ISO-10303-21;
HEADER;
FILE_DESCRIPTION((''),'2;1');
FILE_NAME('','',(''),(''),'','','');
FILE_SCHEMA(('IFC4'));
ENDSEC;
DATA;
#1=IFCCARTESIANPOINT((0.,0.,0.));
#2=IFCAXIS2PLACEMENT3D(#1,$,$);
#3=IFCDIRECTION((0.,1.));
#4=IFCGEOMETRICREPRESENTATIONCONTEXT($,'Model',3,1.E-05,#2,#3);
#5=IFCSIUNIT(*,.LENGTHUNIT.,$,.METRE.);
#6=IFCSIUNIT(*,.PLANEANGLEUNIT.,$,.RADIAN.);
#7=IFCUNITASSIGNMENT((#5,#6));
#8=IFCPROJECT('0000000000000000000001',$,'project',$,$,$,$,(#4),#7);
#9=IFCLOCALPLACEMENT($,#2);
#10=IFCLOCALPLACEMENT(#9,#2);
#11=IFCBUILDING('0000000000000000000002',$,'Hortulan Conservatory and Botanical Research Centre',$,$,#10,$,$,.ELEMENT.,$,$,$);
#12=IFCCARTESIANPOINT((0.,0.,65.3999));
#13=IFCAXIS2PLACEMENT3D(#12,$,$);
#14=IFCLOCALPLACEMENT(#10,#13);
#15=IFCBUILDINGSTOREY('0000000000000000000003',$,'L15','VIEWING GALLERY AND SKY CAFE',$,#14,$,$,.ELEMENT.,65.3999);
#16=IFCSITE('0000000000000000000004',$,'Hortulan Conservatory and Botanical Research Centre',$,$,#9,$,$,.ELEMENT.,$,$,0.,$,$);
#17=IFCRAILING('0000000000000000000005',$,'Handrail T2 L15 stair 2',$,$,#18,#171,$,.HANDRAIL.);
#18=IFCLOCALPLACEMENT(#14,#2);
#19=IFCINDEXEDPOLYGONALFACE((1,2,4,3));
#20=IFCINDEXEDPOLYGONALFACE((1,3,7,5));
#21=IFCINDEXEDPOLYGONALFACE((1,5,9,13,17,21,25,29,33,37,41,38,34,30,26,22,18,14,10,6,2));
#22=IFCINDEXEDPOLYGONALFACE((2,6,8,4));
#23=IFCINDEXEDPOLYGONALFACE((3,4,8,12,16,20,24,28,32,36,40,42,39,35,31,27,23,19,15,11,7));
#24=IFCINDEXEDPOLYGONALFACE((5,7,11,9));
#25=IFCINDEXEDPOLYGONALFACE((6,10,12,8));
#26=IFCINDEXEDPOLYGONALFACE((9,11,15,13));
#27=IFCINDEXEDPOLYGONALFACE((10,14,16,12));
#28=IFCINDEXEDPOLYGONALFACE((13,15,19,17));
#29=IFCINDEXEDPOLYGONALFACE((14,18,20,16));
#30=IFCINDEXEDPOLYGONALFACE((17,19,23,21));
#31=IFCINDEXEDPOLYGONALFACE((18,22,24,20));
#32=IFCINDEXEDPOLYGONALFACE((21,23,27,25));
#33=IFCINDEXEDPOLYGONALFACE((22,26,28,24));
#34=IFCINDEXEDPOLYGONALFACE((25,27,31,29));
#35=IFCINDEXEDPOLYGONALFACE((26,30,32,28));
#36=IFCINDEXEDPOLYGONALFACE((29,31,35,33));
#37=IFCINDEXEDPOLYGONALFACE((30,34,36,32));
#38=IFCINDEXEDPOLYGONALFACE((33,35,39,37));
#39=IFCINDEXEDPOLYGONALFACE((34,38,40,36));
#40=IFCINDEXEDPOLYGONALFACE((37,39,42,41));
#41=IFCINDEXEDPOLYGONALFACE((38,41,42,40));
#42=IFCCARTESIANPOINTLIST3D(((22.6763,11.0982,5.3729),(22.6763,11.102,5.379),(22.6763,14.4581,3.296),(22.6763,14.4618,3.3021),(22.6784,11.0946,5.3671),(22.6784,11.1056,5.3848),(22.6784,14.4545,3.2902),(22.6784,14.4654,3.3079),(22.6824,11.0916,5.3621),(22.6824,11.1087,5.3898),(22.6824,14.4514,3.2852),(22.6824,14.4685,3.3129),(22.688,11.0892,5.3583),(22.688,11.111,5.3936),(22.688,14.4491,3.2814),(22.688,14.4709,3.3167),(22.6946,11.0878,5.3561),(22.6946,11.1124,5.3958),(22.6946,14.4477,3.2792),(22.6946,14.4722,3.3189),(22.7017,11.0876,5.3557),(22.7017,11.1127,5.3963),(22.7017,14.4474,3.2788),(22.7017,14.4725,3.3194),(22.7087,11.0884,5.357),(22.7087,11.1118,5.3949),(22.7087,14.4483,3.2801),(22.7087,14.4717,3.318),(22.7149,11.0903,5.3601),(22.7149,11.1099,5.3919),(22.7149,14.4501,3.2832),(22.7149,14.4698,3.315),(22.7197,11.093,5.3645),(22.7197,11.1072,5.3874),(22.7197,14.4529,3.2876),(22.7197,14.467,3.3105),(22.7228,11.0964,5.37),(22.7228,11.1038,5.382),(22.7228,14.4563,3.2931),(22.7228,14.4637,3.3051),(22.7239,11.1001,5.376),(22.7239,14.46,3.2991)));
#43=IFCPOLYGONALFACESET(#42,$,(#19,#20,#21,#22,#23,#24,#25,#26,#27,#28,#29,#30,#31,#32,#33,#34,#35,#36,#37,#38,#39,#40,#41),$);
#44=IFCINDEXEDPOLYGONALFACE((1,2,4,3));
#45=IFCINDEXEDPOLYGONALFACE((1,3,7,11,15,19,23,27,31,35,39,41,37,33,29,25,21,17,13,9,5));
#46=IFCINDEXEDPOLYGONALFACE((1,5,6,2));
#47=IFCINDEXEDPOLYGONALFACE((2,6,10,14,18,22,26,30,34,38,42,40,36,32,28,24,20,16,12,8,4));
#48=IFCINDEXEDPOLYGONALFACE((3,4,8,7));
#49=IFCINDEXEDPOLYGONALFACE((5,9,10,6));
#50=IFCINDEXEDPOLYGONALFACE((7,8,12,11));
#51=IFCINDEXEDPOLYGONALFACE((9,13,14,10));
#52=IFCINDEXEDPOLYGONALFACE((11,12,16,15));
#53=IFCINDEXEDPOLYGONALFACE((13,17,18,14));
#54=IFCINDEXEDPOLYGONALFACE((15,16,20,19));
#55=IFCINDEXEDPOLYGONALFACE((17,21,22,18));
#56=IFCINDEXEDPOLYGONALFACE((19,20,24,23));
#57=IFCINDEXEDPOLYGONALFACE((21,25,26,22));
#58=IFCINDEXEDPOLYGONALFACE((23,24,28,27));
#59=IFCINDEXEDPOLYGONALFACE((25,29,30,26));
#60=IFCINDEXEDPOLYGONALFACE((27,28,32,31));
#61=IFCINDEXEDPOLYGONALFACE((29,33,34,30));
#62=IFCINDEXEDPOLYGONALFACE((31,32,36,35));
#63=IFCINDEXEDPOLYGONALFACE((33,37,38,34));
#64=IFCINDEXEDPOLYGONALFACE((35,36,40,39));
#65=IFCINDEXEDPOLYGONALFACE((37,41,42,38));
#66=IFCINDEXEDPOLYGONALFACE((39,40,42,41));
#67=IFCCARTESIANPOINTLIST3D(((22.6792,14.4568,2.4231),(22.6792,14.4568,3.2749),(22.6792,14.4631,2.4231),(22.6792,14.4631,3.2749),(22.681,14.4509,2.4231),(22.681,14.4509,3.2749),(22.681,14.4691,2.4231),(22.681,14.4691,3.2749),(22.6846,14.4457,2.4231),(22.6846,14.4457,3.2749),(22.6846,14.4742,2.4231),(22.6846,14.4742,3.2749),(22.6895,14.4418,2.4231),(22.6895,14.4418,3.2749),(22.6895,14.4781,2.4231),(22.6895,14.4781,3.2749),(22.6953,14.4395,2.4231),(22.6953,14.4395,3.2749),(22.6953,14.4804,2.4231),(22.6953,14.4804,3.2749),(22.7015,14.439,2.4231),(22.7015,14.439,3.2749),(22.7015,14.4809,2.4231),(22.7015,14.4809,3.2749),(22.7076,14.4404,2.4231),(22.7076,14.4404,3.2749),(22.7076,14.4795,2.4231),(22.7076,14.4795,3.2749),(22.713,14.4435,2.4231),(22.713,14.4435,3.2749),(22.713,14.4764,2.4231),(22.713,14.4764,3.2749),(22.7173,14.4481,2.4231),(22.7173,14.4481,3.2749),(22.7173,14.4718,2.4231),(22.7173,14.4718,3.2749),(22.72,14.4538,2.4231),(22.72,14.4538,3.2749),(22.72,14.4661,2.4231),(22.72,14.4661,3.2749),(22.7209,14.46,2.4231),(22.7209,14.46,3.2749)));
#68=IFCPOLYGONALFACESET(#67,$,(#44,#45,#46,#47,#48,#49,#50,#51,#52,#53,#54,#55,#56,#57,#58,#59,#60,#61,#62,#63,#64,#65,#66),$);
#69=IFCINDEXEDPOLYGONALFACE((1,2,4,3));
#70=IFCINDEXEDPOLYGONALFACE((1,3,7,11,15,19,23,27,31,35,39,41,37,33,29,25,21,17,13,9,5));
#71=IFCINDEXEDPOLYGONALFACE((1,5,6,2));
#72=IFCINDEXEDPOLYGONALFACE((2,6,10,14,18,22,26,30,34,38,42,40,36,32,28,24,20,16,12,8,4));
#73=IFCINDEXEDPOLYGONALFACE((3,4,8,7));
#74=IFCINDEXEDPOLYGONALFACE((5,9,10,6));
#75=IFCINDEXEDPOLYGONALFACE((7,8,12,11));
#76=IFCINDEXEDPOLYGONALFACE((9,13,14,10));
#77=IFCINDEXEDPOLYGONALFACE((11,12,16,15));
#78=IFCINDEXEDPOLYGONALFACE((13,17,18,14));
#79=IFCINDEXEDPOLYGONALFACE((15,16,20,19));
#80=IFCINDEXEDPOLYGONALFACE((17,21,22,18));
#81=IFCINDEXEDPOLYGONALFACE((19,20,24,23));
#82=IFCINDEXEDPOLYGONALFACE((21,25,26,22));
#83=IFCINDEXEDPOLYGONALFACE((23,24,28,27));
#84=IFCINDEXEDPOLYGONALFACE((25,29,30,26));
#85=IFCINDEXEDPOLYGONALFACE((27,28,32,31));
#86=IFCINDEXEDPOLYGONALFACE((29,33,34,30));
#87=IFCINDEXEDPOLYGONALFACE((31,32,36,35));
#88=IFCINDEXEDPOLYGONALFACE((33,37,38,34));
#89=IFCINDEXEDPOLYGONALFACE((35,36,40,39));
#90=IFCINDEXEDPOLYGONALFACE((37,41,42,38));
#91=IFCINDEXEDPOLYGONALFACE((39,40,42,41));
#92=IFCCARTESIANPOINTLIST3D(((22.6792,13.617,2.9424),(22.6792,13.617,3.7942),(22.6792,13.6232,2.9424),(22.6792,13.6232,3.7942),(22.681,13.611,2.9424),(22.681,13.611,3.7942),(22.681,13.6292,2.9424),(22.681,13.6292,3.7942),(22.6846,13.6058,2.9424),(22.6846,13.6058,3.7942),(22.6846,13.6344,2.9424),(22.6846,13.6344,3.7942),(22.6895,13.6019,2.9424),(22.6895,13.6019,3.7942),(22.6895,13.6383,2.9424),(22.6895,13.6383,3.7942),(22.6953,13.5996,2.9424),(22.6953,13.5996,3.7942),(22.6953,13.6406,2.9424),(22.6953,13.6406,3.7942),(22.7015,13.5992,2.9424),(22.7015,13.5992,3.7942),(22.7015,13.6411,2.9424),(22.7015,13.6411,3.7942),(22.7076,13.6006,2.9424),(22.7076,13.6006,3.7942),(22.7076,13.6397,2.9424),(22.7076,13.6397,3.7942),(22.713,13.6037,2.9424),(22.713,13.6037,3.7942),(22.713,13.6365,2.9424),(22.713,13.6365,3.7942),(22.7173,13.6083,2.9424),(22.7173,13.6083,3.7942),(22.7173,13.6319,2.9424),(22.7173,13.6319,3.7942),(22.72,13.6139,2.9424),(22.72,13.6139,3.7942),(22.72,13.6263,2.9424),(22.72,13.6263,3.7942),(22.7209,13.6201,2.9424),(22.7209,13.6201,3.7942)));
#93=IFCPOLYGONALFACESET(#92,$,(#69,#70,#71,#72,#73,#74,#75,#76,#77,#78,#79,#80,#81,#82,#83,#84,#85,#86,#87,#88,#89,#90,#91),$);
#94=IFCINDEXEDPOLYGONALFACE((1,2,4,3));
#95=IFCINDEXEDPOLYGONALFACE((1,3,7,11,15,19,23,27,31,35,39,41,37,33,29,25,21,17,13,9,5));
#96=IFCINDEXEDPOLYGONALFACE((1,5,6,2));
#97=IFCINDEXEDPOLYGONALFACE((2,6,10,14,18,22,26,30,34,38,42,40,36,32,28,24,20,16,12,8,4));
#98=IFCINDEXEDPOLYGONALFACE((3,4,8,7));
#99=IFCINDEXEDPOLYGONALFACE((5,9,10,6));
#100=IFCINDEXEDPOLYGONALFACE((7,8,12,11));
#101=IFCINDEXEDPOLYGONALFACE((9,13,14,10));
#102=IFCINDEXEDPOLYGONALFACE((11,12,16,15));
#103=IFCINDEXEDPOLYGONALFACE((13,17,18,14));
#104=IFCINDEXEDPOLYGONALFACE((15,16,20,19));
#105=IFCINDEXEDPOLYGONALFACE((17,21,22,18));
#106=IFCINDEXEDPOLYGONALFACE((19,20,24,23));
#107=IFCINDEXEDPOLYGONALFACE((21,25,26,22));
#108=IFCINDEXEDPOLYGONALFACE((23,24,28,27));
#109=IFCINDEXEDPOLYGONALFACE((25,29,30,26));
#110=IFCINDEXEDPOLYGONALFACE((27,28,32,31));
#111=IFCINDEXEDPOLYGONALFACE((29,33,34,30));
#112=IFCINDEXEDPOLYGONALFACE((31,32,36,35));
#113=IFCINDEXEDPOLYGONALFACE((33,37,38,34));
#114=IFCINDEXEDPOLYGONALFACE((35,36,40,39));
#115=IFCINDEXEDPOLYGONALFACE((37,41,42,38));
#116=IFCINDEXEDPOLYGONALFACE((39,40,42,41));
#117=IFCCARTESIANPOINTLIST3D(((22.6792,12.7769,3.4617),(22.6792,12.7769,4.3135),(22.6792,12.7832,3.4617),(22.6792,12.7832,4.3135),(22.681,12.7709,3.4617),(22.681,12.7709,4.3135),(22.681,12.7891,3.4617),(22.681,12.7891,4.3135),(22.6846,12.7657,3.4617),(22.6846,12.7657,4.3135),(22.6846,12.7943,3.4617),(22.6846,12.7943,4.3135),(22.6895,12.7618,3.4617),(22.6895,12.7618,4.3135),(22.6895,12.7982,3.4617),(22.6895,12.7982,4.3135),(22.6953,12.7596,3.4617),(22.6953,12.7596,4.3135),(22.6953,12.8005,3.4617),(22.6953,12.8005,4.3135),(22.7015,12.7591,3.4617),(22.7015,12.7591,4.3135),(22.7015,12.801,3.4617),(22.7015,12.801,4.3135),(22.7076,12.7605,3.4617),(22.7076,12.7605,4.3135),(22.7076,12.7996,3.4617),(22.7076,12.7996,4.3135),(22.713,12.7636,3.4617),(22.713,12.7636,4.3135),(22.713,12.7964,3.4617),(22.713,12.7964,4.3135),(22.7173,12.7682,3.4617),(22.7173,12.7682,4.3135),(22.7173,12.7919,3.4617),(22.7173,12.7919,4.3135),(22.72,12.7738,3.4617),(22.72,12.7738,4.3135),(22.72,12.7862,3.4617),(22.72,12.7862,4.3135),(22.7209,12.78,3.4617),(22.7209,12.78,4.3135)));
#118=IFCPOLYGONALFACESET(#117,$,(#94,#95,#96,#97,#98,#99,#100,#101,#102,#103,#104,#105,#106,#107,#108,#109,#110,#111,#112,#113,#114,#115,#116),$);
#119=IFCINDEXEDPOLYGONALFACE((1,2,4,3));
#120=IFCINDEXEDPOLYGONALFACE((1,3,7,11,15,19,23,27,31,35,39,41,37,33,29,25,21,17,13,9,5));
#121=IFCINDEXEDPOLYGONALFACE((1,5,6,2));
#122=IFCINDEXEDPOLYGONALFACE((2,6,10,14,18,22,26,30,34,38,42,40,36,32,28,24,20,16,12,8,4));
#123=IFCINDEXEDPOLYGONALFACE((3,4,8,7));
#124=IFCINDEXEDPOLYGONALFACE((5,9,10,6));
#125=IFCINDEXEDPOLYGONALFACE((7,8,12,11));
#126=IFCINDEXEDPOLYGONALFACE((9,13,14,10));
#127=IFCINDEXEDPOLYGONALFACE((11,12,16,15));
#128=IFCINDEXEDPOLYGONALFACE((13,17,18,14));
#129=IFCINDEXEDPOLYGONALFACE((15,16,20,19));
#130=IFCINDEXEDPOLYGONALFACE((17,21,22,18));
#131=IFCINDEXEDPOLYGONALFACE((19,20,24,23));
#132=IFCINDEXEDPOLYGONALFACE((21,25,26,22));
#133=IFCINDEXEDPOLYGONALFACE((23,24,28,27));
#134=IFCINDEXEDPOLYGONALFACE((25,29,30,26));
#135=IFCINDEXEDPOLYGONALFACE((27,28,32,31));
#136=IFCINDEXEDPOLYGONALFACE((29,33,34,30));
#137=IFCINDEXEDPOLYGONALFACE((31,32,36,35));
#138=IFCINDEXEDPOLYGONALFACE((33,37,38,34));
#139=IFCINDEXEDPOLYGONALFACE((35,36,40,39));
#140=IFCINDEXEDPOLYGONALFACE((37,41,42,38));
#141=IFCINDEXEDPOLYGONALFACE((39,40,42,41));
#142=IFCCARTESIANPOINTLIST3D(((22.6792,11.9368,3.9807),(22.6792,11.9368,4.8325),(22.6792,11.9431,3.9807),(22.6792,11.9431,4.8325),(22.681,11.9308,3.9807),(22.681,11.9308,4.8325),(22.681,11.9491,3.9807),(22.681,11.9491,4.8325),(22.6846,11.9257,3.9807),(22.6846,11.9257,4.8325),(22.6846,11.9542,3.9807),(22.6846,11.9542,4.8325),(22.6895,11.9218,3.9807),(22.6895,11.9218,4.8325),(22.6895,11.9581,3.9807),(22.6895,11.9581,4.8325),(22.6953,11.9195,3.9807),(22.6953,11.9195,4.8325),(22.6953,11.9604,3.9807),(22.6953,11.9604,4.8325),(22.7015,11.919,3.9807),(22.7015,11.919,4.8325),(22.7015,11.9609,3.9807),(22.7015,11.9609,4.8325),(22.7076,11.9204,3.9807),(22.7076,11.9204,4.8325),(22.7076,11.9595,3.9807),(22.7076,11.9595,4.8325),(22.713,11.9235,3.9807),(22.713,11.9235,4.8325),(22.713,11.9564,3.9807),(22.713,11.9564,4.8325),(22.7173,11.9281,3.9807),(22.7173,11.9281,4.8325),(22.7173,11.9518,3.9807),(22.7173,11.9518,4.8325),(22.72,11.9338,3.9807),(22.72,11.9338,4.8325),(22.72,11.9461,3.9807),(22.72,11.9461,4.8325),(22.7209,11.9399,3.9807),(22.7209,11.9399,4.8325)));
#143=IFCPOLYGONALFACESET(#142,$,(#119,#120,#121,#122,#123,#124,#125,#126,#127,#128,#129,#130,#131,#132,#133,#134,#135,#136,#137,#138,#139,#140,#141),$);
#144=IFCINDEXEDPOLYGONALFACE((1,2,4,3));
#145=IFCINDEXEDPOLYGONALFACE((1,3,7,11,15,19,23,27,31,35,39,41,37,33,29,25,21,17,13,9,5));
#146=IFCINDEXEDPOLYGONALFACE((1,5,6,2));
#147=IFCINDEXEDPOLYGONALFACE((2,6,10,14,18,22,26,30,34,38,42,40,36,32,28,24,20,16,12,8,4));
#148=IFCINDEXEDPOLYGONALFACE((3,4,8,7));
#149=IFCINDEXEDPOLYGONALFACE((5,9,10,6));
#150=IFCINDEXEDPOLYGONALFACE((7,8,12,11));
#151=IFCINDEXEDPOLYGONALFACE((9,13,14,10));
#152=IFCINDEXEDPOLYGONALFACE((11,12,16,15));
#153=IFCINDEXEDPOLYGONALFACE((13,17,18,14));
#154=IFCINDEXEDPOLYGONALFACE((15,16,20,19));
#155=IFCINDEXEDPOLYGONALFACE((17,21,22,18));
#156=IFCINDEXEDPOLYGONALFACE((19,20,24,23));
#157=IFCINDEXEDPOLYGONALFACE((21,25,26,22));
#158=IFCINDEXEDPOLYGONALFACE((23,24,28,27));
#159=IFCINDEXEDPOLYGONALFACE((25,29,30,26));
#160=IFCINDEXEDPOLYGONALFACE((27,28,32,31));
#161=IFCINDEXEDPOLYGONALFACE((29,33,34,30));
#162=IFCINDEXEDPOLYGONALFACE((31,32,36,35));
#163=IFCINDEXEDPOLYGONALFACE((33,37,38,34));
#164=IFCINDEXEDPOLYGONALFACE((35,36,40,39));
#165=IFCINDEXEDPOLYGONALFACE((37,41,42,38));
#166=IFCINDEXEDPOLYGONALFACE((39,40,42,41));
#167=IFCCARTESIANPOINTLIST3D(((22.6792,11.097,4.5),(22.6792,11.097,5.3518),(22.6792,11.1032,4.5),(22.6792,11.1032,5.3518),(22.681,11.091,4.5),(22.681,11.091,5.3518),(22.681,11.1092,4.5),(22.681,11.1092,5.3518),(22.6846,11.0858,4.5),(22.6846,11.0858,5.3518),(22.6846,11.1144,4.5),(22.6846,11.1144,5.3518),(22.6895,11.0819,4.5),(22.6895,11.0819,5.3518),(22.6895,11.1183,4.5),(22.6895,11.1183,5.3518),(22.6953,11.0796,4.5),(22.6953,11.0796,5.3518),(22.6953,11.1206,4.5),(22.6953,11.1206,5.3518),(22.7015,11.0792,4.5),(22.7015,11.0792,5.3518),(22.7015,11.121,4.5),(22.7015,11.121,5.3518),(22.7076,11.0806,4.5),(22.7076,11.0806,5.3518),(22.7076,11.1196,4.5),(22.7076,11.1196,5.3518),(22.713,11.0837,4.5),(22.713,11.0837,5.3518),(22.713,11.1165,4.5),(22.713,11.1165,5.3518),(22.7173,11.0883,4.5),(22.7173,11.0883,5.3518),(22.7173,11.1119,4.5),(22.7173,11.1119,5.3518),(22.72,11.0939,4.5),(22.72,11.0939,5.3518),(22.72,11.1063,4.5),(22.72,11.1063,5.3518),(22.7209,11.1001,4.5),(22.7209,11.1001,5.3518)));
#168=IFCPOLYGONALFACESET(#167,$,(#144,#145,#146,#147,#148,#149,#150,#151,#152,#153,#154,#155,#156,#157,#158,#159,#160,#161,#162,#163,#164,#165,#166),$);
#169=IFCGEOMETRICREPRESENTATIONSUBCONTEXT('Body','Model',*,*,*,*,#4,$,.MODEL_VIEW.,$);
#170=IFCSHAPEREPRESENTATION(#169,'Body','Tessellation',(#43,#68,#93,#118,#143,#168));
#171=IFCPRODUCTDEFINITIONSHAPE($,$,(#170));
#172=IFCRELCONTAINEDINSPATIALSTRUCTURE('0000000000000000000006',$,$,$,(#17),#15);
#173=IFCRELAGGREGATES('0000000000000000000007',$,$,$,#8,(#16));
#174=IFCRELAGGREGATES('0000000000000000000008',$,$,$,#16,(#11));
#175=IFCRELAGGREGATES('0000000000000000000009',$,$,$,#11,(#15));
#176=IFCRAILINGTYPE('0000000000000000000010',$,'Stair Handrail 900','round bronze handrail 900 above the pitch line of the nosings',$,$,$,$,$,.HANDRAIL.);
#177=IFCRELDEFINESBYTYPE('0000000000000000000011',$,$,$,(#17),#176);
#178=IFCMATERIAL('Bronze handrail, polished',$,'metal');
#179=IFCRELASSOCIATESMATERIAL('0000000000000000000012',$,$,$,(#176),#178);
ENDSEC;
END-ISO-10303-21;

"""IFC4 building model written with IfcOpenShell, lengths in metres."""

from ifc_helpers import new_model, si_unit, direction, frame, origin, origin_2d, place, context, subcontext, project, spatial, circle, extrude, material, type_object, element, save


model = new_model("IFC4")

# Units and contexts
model_context = context("Model", 3, precision=1e-05, world=origin(), true_north=direction((0.0, 1.0)))
body_context = subcontext(model_context, "Body", "Model", "MODEL_VIEW")
ifc_project = project(units=[si_unit("LENGTHUNIT", "METRE"), si_unit("PLANEANGLEUNIT", "RADIAN")], contexts=[model_context])

# Site, building, storey
site_placement = place(None, origin())
site = spatial("IfcSite", under=ifc_project, at=site_placement, Name="Hortulan Conservatory and Botanical Research Centre", CompositionType="ELEMENT", RefElevation=0.0)
building_placement = place(site_placement, origin())
building = spatial("IfcBuilding", under=site, at=building_placement, Name="Hortulan Conservatory and Botanical Research Centre", CompositionType="ELEMENT")
storey_placement = place(building_placement, frame((0.0, 0.0, 65.3999)))
storey = spatial("IfcBuildingStorey", under=building, at=storey_placement, Name="L15", Description="VIEWING GALLERY AND SKY CAFE", CompositionType="ELEMENT", Elevation=65.3999)

# Railing
ifc_material_1 = material(Name="Bronze handrail, polished", Category="metal")
railing_type_1 = type_object("IfcRailingType", Name="Stair Handrail 900", Description="round bronze handrail 900 above the pitch line of the nosings", PredefinedType="HANDRAIL", material=ifc_material_1)
for number, where, name in (
    (1, (22.7, 14.46, 2.4231), "Handrail T2 L15 stair 2"),
):
    element("IfcRailing", number, at=place(storey_placement, frame(where)), inside=storey, type_object=railing_type_1, Name=name, PredefinedType="HANDRAIL", context=body_context, shape_type="SweptSolid", body=[
        extrude(circle(Radius=0.0239, at=origin_2d()), frame((0.0, 0.0, 0.876), z_axis=(0.0, -0.850606, 0.525803), x_axis=(1.0, 0.0, 0.0)), (0.0, 0.0, 1.0), 3.95),
        extrude(circle(Radius=0.021, at=origin_2d()), origin(), (0.0, 0.0, 1.0), 0.8518),
        extrude(circle(Radius=0.021, at=origin_2d()), frame((0.0, -0.8398, 0.5193)), (0.0, 0.0, 1.0), 0.8518),
        extrude(circle(Radius=0.021, at=origin_2d()), frame((0.0, -1.6799, 1.0386)), (0.0, 0.0, 1.0), 0.8518),
        extrude(circle(Radius=0.021, at=origin_2d()), frame((0.0, -2.52, 1.5576)), (0.0, 0.0, 1.0), 0.8518),
        extrude(circle(Radius=0.021, at=origin_2d()), frame((0.0, -3.3599, 2.0769)), (0.0, 0.0, 1.0), 0.8518),
    ])

save(model, "model.ifc")
